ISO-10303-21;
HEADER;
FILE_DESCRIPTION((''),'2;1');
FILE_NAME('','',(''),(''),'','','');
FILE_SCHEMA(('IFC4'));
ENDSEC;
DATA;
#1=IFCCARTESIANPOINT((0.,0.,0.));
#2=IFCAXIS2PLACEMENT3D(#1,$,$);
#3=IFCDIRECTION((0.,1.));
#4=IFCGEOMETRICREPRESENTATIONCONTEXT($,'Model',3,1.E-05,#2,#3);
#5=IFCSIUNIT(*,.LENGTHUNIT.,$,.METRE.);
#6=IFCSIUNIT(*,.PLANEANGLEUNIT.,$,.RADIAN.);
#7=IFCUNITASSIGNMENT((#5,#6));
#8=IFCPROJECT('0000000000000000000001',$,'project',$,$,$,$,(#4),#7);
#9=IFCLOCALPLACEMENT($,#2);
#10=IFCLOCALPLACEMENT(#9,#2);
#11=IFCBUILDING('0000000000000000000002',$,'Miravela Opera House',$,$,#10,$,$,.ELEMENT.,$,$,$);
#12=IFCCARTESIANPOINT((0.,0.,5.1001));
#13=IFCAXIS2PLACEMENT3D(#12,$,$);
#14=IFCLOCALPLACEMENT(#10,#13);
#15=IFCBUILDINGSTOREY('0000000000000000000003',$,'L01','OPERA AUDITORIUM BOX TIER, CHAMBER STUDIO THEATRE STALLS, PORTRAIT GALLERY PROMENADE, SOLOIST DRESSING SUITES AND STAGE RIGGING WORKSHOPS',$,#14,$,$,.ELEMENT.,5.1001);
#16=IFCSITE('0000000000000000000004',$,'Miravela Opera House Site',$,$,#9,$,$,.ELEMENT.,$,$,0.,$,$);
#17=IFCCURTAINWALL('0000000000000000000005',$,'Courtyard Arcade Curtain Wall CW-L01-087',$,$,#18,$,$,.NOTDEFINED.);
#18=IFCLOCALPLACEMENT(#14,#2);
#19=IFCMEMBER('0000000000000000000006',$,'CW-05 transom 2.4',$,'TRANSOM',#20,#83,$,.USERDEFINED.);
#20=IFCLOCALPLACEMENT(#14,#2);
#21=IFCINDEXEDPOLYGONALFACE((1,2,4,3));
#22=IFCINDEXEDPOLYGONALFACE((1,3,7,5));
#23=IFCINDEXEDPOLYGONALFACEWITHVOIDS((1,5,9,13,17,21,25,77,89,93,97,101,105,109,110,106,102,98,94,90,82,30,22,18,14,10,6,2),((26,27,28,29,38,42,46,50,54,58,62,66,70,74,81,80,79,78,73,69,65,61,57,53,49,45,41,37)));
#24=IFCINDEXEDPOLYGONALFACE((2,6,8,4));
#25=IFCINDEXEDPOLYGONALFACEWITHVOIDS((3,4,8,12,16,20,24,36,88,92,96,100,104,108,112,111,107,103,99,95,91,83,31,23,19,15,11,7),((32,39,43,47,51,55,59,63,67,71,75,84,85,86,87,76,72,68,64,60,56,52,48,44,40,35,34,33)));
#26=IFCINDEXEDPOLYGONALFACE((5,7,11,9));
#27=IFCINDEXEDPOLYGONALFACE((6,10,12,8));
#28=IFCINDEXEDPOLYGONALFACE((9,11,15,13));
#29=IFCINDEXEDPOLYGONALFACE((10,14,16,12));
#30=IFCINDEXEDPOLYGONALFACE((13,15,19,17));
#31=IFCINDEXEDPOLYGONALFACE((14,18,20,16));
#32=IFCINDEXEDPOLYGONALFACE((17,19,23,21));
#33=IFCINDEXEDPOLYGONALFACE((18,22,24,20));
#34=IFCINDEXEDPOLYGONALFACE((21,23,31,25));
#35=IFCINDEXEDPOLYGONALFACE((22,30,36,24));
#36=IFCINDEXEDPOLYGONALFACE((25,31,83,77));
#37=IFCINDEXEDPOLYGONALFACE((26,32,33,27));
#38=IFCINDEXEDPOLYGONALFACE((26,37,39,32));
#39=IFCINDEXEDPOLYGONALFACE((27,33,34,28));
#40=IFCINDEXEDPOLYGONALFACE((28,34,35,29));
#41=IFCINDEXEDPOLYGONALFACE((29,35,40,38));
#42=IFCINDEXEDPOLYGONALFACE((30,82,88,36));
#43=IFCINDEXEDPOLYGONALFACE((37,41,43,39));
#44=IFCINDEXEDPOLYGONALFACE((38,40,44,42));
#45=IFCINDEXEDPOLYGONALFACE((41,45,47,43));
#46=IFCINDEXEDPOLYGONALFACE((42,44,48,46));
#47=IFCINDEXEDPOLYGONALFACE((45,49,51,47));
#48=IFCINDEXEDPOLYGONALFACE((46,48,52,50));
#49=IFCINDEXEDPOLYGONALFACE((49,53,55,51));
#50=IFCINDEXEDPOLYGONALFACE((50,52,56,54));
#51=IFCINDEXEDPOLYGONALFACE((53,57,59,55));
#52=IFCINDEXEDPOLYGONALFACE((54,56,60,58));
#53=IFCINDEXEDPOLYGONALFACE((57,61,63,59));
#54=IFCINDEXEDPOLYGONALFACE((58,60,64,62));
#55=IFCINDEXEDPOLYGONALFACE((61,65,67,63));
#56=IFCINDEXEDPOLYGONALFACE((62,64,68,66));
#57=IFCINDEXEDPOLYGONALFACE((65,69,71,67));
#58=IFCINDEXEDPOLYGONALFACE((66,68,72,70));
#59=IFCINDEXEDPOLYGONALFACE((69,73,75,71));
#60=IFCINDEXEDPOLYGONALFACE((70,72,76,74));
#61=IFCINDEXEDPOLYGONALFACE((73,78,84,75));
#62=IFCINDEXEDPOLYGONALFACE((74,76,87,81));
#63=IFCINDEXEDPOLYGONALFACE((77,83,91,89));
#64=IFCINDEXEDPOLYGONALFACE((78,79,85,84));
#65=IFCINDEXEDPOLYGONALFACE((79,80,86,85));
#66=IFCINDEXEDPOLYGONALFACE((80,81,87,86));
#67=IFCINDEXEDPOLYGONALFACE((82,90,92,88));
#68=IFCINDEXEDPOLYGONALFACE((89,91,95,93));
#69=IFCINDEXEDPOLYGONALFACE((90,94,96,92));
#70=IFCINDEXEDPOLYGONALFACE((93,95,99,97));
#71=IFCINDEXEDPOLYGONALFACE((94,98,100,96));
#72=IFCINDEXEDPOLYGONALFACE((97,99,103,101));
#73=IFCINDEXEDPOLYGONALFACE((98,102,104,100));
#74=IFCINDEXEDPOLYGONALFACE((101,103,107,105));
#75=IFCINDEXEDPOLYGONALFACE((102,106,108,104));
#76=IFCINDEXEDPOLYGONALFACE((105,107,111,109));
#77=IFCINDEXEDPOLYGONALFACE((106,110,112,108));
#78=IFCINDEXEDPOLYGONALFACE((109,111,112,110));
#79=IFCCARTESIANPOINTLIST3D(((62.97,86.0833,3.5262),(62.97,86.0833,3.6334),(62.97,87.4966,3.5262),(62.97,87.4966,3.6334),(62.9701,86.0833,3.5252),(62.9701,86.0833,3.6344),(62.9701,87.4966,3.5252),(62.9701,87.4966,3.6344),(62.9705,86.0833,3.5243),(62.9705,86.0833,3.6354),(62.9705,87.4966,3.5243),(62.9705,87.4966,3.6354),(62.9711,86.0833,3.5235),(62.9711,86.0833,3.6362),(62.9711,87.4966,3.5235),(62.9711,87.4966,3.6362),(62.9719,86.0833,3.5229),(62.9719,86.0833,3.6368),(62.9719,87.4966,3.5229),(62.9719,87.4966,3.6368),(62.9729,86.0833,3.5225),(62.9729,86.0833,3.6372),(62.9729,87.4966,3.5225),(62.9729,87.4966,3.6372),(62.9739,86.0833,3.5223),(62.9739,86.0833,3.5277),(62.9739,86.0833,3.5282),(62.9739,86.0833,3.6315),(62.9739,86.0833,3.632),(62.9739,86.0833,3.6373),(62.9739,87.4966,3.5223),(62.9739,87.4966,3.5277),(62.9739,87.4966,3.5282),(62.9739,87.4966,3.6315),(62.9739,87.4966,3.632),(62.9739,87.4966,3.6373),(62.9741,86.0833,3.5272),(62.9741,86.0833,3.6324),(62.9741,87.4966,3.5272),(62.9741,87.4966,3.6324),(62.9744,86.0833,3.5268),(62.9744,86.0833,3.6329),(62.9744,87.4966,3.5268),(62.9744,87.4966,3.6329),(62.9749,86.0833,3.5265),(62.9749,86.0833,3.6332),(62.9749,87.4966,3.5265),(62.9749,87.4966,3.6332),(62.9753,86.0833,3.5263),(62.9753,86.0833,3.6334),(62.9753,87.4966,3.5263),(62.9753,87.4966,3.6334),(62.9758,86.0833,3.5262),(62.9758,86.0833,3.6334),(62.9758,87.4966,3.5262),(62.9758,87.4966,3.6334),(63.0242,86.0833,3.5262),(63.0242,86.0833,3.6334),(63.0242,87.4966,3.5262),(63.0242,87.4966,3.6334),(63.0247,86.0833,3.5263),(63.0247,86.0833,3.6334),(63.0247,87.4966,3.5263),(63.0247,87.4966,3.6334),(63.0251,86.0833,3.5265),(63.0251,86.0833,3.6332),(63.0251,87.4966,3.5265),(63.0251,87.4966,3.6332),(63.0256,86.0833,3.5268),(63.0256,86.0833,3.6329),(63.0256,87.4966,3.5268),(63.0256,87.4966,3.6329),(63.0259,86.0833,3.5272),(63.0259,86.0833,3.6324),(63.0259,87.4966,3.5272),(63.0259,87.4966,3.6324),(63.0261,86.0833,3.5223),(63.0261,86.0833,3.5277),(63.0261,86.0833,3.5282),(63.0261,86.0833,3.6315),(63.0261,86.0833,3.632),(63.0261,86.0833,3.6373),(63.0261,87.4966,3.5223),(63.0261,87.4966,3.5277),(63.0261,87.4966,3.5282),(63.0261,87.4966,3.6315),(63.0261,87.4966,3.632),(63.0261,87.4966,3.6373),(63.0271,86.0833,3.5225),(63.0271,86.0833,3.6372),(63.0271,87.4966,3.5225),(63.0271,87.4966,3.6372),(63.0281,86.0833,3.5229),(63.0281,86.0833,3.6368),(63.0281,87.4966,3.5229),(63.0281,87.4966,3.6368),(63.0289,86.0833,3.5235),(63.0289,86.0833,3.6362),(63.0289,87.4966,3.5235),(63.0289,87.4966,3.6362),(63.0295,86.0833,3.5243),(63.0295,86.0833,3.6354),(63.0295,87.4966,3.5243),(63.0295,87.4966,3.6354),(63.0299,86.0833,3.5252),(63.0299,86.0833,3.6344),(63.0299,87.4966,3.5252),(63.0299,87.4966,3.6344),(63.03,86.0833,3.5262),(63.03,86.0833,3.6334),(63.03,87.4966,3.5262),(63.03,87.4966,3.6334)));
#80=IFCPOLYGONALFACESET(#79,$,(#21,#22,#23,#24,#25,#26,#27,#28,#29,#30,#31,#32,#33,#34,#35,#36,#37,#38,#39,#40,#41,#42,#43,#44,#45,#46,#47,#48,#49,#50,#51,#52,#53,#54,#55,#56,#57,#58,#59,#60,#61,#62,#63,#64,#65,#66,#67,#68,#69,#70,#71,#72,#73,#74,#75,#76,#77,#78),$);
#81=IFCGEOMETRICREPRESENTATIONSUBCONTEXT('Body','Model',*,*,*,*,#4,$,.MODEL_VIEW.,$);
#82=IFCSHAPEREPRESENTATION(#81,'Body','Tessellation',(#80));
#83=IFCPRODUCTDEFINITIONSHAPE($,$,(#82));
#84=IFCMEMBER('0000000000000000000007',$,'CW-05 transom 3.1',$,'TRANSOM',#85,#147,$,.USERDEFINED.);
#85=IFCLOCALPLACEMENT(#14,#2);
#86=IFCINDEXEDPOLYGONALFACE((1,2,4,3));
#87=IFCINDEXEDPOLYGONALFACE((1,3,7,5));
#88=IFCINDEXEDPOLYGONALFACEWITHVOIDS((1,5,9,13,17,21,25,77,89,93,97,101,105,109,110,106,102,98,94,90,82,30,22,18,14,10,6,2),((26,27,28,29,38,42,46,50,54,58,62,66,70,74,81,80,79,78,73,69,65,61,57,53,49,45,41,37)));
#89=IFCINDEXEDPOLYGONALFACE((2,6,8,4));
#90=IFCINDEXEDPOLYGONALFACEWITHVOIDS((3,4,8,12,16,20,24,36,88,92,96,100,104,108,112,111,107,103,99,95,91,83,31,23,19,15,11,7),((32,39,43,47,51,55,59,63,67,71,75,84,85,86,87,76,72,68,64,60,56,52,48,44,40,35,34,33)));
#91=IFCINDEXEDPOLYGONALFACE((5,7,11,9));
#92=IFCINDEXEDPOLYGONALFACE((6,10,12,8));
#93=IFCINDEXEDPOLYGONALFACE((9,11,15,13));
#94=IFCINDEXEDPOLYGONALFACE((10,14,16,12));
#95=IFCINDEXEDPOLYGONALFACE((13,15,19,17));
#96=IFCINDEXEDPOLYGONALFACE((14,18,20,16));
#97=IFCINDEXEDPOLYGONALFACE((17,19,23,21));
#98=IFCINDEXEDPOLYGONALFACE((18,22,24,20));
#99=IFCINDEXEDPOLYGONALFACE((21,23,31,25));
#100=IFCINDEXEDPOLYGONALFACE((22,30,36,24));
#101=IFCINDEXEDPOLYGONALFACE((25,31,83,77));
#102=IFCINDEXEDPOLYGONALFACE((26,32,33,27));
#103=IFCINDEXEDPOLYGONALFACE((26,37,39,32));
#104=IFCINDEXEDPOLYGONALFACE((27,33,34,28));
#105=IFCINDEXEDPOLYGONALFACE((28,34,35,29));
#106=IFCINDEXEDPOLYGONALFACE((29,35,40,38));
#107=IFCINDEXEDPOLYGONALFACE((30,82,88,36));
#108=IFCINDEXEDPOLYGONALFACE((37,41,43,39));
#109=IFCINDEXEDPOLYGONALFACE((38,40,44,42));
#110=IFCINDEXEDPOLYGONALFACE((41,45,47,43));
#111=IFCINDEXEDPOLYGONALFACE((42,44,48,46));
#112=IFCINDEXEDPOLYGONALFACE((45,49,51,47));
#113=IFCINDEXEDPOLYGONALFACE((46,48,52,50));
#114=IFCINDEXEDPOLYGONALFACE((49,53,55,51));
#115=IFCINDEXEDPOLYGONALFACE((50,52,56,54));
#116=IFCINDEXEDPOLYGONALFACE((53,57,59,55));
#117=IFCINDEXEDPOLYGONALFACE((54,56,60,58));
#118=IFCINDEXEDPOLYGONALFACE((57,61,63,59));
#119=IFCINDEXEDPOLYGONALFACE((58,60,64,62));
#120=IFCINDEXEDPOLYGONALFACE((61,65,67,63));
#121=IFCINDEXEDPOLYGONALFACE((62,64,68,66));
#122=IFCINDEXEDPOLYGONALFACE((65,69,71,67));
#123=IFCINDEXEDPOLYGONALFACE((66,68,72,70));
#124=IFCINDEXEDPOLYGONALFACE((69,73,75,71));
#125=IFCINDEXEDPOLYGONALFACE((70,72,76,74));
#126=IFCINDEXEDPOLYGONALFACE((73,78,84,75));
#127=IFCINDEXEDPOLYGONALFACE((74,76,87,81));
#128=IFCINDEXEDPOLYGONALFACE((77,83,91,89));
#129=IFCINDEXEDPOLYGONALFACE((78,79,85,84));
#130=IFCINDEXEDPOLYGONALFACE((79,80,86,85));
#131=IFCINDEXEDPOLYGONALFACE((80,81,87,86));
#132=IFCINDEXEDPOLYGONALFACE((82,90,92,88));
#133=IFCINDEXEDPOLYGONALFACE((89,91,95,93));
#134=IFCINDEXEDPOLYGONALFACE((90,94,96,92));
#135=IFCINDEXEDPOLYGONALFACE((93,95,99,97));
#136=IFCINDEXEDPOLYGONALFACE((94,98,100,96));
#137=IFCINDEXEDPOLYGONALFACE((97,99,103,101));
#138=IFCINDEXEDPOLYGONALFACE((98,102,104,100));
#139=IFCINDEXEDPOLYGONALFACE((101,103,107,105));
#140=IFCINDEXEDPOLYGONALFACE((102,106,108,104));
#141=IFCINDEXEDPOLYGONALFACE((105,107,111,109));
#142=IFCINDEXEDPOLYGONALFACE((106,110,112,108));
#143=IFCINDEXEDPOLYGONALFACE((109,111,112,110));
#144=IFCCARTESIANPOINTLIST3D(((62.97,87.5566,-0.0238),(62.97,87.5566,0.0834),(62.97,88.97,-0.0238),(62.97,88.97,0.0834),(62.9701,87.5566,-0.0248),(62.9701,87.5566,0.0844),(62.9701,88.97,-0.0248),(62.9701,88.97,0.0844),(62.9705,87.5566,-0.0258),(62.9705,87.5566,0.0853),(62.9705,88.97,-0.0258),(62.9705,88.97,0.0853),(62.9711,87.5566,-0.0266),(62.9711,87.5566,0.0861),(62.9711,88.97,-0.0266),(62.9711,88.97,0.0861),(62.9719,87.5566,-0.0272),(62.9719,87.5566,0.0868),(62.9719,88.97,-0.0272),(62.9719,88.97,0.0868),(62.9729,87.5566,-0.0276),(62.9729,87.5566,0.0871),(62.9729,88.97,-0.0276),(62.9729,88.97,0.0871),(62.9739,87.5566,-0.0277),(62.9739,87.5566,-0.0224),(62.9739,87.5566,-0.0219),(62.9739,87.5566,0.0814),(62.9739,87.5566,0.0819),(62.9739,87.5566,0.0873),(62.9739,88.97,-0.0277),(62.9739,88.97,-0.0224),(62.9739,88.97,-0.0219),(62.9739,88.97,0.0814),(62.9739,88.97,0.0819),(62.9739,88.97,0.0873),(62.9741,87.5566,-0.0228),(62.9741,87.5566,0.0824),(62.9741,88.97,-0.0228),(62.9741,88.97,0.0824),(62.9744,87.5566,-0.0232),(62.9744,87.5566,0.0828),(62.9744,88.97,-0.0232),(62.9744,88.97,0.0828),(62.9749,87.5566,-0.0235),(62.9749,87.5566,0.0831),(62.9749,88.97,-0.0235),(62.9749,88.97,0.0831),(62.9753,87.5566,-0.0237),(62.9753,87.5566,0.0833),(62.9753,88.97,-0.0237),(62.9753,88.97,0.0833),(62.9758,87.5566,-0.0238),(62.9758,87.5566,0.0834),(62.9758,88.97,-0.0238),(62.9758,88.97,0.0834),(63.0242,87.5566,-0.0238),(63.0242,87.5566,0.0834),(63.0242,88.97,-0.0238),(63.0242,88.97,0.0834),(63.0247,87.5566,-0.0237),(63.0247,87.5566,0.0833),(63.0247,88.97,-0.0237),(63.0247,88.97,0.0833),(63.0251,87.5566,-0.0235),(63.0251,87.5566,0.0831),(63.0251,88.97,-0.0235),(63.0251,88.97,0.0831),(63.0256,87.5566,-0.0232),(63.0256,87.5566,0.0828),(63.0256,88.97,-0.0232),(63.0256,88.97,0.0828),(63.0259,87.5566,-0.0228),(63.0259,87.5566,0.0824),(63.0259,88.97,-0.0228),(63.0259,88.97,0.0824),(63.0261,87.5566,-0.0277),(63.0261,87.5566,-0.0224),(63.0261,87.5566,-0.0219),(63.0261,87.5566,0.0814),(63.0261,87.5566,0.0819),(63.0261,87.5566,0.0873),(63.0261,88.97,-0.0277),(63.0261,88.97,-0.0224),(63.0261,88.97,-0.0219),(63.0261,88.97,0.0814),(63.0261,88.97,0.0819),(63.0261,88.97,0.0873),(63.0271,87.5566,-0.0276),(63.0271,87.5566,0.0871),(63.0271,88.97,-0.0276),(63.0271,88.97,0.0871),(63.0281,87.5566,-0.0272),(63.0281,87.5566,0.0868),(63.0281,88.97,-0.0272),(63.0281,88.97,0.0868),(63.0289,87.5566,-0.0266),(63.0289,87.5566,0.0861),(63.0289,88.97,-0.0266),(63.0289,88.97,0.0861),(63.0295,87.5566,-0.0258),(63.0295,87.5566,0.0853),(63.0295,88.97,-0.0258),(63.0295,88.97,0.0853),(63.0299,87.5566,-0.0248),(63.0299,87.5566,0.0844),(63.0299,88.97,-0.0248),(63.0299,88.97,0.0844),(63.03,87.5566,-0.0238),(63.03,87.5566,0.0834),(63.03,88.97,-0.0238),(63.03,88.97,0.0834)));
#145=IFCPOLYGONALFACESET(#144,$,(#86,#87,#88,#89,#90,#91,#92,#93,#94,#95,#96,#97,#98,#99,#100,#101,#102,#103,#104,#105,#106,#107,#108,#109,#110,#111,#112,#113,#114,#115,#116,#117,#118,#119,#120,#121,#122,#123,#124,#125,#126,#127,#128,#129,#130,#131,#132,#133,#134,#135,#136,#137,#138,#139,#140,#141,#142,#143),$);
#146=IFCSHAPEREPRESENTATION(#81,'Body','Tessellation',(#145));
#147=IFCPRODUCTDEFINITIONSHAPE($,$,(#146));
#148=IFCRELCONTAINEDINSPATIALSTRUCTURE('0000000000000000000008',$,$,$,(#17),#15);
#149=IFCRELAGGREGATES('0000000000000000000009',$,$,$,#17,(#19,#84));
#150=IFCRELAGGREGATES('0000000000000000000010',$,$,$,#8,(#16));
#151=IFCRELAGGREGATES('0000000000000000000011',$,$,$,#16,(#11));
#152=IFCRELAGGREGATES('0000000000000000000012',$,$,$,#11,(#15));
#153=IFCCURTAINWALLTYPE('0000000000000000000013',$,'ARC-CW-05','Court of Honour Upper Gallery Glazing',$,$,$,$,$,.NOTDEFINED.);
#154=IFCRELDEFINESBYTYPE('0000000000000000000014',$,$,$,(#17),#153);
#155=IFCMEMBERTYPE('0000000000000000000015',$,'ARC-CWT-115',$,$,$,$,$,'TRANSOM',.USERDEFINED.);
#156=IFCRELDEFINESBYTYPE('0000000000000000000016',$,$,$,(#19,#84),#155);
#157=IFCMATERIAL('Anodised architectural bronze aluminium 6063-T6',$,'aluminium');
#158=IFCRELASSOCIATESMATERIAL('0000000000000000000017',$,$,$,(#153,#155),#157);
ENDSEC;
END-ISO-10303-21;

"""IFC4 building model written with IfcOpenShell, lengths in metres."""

from ifc_helpers import new_model, si_unit, direction, frame, origin, origin_2d, place, context, subcontext, project, spatial, hollow_rectangle, extrude, material, material_profile, profile_set, type_object, element, aggregate, save


model = new_model("IFC4")

# Units and contexts
model_context = context("Model", 3, precision=1e-05, world=origin(), true_north=direction((0.0, 1.0)))
body_context = subcontext(model_context, "Body", "Model", "MODEL_VIEW")
ifc_project = project(units=[si_unit("LENGTHUNIT", "METRE"), si_unit("PLANEANGLEUNIT", "RADIAN")], contexts=[model_context])

# Site, building, storey
site_placement = place(None, origin())
site = spatial("IfcSite", under=ifc_project, at=site_placement, Name="Miravela Opera House Site", CompositionType="ELEMENT", RefElevation=0.0)
building_placement = place(site_placement, origin())
building = spatial("IfcBuilding", under=site, at=building_placement, Name="Miravela Opera House", CompositionType="ELEMENT")
storey_placement = place(building_placement, frame((0.0, 0.0, 5.1001)))
storey = spatial("IfcBuildingStorey", under=building, at=storey_placement, Name="L01", Description="OPERA AUDITORIUM BOX TIER, CHAMBER STUDIO THEATRE STALLS, PORTRAIT GALLERY PROMENADE, SOLOIST DRESSING SUITES AND STAGE RIGGING WORKSHOPS", CompositionType="ELEMENT", Elevation=5.1001)

# Curtain wall, members
ifc_material_1 = material(Name="Anodised architectural bronze aluminium 6063-T6", Category="aluminium")
curtain_wall_type = type_object("IfcCurtainWallType", Name="ARC-CW-05", Description="Court of Honour Upper Gallery Glazing", PredefinedType="NOTDEFINED", material=ifc_material_1)
curtain_wall_placement = place(storey_placement, origin())
curtain_wall = element("IfcCurtainWall", 1, at=curtain_wall_placement, inside=storey, type_object=curtain_wall_type, Name="Courtyard Arcade Curtain Wall CW-L01-087", PredefinedType="NOTDEFINED")
ifc_material_profile_1 = material_profile(ifc_material_1, hollow_rectangle(XDim=0.0601, YDim=0.115, WallThickness=0.0039, InnerFilletRadius=0.002, OuterFilletRadius=0.0039, at=origin_2d()), Name="CWT-60X115")
ifc_profile_set_1 = profile_set([ifc_material_profile_1])
member_type_1 = type_object("IfcMemberType", Name="ARC-CWT-115", ElementType="TRANSOM", PredefinedType="USERDEFINED", material=ifc_profile_set_1)
member_1_placement = place(storey_placement, frame((63.0, 86.0833, 3.5798), z_axis=(0.0, 1.0, 0.0), x_axis=(-1.0, 0.0, 0.0)))
member_1 = element("IfcMember", 2, at=member_1_placement, type_object=member_type_1, Name="CW-05 transom 2.4", ObjectType="TRANSOM", PredefinedType="USERDEFINED", context=body_context, shape_type="SweptSolid", body=[
    extrude(hollow_rectangle(XDim=0.0601, YDim=0.115, WallThickness=0.0039, InnerFilletRadius=0.002, OuterFilletRadius=0.0039, at=origin_2d()), origin(), (0.0, 0.0, 1.0), 1.4133),
])
member_2_placement = place(storey_placement, frame((63.0, 87.5566, 0.0298), z_axis=(0.0, 1.0, 0.0), x_axis=(-1.0, 0.0, 0.0)))
member_2 = element("IfcMember", 3, at=member_2_placement, type_object=member_type_1, Name="CW-05 transom 3.1", ObjectType="TRANSOM", PredefinedType="USERDEFINED", context=body_context, shape_type="SweptSolid", body=[
    extrude(hollow_rectangle(XDim=0.0601, YDim=0.115, WallThickness=0.0039, InnerFilletRadius=0.002, OuterFilletRadius=0.0039, at=origin_2d()), origin(), (0.0, 0.0, 1.0), 1.4133),
])
aggregate(curtain_wall, [member_1, member_2])

save(model, "model.ifc")
